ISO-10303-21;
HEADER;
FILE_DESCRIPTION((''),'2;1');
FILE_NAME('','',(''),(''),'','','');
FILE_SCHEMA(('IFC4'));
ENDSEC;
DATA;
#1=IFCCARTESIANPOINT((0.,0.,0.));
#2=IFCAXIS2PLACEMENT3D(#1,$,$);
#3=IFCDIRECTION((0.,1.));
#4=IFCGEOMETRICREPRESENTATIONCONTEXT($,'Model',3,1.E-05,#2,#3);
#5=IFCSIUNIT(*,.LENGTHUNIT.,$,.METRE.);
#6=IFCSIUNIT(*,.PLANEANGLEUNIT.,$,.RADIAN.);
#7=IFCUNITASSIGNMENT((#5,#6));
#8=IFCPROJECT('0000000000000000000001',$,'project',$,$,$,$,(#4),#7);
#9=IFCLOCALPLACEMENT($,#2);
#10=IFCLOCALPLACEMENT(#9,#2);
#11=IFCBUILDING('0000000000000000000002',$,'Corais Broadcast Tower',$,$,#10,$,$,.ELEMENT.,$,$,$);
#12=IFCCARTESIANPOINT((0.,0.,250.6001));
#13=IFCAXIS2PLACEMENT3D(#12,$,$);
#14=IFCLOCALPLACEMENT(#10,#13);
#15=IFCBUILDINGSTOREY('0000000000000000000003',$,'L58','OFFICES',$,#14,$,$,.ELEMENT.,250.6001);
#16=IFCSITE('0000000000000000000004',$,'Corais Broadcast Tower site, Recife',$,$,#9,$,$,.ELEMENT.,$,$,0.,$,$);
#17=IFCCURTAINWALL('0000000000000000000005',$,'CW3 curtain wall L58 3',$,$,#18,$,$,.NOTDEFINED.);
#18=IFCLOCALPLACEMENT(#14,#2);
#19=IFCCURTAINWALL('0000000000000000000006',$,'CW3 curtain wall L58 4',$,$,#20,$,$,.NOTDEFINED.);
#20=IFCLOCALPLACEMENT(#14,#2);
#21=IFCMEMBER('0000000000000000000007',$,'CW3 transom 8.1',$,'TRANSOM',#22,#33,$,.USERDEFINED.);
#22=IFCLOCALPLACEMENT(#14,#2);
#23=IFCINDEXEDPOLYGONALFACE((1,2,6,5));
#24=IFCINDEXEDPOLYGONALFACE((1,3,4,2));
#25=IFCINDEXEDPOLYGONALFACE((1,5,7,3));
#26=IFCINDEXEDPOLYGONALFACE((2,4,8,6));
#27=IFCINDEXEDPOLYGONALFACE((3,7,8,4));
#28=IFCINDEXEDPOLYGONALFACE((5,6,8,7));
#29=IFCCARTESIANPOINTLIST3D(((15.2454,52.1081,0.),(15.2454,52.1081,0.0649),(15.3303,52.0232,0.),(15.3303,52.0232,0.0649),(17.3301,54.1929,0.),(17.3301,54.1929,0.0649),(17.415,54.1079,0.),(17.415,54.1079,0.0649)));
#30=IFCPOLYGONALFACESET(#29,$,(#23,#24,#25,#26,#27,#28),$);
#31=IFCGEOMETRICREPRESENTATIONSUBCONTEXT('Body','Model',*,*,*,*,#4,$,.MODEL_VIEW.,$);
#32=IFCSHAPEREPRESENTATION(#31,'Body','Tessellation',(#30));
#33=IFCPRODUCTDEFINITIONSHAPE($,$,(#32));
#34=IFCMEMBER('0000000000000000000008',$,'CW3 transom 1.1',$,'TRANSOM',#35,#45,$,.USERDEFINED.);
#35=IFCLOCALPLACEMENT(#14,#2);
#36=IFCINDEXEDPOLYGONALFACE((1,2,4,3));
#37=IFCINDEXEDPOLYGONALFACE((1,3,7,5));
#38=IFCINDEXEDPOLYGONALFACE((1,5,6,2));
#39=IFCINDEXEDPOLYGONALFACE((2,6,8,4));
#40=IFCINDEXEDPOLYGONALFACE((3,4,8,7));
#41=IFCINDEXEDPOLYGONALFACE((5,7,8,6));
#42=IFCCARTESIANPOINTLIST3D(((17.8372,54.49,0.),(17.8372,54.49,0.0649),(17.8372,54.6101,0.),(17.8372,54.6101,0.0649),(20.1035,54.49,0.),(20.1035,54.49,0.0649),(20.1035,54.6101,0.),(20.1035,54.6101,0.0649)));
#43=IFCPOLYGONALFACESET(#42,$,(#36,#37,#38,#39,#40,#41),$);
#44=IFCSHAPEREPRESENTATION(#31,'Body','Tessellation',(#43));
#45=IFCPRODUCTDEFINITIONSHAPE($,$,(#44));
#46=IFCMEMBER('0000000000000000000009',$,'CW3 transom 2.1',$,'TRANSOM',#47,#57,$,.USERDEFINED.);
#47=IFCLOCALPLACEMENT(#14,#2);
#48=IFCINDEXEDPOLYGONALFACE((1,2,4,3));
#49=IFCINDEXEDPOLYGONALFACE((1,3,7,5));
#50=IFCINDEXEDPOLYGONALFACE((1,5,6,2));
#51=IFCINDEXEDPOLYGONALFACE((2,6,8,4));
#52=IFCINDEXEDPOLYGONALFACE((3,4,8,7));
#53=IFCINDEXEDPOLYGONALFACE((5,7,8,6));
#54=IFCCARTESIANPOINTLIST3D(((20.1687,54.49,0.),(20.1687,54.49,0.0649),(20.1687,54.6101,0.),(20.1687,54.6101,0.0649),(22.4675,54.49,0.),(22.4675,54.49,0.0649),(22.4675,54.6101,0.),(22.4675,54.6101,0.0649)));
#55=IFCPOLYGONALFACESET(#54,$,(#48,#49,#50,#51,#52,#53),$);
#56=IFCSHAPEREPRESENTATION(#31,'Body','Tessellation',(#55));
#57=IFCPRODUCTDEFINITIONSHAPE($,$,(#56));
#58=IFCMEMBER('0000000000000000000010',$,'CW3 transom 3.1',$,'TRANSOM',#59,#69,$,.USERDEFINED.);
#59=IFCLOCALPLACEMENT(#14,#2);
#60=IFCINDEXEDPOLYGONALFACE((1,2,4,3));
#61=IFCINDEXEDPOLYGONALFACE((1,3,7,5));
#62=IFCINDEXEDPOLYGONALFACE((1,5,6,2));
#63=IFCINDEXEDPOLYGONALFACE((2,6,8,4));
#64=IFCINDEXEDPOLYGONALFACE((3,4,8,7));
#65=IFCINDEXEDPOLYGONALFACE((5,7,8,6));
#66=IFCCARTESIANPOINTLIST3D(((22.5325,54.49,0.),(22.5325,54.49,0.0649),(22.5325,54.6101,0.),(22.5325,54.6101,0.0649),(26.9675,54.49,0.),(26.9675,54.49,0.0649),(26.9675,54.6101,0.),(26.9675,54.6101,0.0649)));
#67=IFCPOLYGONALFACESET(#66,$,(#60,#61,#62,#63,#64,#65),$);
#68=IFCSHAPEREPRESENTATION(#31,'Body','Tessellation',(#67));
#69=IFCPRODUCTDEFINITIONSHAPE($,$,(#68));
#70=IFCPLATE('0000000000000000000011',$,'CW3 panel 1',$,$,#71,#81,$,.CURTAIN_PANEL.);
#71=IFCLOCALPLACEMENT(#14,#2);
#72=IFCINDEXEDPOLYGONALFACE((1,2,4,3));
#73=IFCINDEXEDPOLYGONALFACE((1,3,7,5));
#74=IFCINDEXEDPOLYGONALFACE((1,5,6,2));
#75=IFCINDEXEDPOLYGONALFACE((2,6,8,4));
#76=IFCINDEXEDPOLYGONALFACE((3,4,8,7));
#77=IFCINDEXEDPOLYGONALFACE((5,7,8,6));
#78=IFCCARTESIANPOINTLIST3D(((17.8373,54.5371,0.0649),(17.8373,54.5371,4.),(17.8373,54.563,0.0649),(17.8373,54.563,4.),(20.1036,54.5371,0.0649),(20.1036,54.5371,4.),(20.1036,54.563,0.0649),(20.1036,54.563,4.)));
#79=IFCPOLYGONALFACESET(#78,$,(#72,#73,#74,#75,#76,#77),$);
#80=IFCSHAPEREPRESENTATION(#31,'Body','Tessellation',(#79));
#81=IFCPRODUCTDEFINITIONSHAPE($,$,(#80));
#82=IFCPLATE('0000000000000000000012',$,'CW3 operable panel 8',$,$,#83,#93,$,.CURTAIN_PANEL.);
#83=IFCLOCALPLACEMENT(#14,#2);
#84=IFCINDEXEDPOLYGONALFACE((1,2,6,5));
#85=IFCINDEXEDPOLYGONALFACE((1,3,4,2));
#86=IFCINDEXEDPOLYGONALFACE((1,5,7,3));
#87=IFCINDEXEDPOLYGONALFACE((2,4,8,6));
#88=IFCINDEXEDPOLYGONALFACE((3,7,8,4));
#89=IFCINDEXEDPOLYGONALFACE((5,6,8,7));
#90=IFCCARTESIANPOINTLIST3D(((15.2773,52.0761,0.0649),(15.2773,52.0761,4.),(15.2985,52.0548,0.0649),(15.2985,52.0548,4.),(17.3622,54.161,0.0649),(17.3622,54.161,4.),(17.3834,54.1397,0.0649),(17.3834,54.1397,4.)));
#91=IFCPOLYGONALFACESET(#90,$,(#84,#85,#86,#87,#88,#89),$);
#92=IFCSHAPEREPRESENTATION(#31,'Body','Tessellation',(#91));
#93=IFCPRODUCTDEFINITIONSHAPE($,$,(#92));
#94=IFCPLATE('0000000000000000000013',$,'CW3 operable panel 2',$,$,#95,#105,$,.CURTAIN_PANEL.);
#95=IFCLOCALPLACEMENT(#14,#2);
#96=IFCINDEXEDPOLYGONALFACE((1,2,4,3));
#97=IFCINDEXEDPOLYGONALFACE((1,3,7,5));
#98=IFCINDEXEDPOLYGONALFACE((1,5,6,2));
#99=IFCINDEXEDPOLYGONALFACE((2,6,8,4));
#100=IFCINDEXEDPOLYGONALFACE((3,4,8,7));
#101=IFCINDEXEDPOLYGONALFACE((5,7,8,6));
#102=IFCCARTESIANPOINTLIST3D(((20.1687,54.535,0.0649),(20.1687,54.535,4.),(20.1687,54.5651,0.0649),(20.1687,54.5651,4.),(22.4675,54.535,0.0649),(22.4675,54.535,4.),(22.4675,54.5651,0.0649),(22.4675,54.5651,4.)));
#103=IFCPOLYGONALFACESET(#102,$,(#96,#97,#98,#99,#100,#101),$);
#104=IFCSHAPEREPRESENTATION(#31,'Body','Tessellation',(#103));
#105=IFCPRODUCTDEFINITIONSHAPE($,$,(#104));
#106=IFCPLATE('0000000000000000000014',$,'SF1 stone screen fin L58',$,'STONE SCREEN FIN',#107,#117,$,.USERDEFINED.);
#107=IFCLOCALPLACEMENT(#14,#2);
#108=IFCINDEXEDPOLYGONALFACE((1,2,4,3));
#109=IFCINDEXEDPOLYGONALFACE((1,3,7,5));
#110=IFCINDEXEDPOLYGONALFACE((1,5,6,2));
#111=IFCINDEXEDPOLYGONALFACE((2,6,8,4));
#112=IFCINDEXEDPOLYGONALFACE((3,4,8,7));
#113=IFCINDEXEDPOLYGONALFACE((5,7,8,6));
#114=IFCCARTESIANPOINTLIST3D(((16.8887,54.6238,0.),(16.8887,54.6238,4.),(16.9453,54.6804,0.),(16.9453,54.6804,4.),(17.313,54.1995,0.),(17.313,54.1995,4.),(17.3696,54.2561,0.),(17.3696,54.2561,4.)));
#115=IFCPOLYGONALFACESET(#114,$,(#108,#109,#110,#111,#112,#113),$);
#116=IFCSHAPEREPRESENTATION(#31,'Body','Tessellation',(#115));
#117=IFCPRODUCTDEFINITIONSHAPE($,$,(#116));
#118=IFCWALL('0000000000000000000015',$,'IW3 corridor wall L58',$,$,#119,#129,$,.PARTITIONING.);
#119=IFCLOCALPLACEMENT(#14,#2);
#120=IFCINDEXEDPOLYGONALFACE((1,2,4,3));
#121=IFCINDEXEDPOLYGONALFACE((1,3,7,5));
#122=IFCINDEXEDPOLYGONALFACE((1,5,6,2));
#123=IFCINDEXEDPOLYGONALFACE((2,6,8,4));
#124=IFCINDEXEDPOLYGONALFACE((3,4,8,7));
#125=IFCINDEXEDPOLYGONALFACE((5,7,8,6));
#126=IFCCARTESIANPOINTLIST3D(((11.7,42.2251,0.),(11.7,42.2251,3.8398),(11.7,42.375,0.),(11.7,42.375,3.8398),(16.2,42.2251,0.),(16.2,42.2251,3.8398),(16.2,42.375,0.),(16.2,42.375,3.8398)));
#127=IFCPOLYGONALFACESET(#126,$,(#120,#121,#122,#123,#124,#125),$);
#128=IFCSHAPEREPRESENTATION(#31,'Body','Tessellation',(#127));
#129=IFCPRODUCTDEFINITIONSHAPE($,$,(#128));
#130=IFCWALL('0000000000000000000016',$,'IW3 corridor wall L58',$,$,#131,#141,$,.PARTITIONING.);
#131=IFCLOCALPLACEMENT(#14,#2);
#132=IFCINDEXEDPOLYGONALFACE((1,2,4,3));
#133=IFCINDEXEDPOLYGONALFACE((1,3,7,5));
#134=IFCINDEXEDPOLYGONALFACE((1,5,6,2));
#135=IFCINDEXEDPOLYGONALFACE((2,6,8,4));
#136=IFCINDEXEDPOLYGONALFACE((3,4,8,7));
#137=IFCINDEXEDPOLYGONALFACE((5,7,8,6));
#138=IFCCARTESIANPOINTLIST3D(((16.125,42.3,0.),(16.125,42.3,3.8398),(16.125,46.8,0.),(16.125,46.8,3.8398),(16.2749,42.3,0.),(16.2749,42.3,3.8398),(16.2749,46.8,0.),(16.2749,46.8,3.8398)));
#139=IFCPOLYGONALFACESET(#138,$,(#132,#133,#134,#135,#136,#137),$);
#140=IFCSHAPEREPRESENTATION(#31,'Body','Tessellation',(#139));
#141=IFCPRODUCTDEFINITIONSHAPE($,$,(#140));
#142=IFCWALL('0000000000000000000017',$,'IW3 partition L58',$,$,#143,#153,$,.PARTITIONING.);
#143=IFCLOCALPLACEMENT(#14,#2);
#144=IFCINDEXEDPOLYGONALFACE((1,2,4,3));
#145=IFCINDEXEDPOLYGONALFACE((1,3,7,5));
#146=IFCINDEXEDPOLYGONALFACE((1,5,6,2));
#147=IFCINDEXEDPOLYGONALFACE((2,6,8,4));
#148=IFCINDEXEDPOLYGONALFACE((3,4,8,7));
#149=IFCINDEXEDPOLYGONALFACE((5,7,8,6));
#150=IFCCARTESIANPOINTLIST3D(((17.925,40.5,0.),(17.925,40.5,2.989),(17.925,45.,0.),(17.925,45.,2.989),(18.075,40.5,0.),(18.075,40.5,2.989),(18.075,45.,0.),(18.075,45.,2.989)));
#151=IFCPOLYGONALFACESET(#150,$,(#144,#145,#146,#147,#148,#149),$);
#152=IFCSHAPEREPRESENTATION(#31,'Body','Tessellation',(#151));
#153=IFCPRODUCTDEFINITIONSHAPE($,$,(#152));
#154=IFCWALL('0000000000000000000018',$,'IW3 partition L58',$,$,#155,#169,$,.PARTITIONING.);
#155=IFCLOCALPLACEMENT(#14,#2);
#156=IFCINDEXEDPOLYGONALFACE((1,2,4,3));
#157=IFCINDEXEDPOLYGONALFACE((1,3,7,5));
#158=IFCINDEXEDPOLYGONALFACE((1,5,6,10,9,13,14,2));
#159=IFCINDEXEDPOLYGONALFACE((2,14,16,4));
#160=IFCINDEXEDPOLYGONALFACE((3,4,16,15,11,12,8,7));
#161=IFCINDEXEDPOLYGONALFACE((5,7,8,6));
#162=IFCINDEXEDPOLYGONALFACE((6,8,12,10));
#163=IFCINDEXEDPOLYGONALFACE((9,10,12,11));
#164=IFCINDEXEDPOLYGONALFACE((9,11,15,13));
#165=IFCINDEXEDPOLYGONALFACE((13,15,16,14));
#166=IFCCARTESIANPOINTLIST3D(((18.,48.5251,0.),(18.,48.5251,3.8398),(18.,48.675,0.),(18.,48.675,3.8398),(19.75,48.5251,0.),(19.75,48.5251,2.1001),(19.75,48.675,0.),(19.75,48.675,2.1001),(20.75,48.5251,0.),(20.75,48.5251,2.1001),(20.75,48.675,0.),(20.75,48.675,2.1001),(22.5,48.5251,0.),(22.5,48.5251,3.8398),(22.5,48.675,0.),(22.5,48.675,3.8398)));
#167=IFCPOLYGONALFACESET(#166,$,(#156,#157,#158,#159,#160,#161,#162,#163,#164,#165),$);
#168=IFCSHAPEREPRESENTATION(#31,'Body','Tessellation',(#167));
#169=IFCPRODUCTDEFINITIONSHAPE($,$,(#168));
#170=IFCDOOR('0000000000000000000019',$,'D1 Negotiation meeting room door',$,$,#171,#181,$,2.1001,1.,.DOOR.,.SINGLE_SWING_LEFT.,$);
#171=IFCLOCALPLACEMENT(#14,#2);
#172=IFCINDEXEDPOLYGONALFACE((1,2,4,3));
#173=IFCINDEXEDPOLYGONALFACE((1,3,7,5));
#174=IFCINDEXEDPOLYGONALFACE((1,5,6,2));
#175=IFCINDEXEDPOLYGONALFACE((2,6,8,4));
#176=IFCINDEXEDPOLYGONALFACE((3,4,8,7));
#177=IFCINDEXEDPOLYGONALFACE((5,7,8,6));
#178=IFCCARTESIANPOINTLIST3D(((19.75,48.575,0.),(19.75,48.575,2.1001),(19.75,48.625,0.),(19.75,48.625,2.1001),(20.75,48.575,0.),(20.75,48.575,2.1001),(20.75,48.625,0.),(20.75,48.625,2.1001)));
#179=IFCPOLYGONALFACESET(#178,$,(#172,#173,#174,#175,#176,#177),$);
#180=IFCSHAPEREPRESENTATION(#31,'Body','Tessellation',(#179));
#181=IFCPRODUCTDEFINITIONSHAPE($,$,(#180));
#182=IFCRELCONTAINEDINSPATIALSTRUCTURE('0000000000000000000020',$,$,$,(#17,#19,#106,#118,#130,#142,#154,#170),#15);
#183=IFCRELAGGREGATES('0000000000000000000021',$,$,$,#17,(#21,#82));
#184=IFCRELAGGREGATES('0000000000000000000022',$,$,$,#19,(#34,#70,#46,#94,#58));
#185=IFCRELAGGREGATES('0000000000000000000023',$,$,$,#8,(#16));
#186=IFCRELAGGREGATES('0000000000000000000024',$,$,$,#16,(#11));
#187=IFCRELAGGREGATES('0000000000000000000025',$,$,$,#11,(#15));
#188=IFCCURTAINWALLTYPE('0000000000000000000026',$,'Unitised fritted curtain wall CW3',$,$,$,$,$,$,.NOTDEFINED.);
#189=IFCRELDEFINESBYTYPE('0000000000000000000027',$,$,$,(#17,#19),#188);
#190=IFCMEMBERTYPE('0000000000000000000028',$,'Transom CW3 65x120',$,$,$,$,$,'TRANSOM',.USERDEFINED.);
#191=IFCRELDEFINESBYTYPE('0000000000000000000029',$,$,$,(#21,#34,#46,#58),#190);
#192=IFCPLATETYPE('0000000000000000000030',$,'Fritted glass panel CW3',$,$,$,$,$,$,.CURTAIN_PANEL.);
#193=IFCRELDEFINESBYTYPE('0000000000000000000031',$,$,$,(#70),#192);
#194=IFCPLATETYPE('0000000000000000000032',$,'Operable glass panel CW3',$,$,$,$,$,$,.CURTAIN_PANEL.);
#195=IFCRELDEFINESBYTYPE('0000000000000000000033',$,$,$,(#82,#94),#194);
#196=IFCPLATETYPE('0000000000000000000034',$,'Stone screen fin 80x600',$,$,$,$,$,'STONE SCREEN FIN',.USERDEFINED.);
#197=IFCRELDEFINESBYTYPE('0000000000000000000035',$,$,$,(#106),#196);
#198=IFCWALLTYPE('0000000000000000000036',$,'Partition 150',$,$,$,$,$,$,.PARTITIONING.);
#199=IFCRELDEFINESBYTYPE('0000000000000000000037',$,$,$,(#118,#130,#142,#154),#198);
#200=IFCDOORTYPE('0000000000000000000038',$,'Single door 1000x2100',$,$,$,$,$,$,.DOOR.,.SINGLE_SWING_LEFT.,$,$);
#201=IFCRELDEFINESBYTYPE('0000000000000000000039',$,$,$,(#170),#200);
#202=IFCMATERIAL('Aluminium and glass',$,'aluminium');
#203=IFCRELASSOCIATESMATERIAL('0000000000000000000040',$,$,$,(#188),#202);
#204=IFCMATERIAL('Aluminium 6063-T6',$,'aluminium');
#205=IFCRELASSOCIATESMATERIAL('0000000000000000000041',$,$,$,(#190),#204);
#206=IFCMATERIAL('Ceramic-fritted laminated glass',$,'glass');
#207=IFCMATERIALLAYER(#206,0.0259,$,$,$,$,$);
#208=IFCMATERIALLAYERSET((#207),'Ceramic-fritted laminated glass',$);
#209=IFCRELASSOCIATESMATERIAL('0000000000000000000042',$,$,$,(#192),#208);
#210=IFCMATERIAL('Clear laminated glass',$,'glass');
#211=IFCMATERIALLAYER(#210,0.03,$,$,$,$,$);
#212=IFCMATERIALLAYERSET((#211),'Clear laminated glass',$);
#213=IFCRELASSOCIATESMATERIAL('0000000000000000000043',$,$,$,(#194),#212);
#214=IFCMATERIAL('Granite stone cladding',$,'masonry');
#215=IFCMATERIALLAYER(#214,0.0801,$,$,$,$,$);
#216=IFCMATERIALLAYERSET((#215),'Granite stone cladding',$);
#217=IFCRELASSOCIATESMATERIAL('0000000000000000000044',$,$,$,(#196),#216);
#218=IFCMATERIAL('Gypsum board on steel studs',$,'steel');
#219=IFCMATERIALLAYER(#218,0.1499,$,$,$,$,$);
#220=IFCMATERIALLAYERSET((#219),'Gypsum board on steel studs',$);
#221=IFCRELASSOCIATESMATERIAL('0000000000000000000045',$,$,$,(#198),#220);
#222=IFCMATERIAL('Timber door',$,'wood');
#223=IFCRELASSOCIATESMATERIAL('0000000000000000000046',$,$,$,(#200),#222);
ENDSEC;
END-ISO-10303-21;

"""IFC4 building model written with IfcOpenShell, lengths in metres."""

from ifc_helpers import new_model, si_unit, direction, frame, frame_2d, origin, origin_2d, place, context, subcontext, project, spatial, rectangle, extrude, material, layer, layer_set, material_profile, profile_set, type_object, element, fill, aggregate, save


model = new_model("IFC4")

# Units and contexts
model_context = context("Model", 3, precision=1e-05, world=origin(), true_north=direction((0.0, 1.0)))
body_context = subcontext(model_context, "Body", "Model", "MODEL_VIEW")
ifc_project = project(units=[si_unit("LENGTHUNIT", "METRE"), si_unit("PLANEANGLEUNIT", "RADIAN")], contexts=[model_context])

# Site, building, storey
site_placement = place(None, origin())
site = spatial("IfcSite", under=ifc_project, at=site_placement, Name="Corais Broadcast Tower site, Recife", CompositionType="ELEMENT", RefElevation=0.0)
building_placement = place(site_placement, origin())
building = spatial("IfcBuilding", under=site, at=building_placement, Name="Corais Broadcast Tower", CompositionType="ELEMENT")
storey_placement = place(building_placement, frame((0.0, 0.0, 250.6001)))
storey = spatial("IfcBuildingStorey", under=building, at=storey_placement, Name="L58", Description="OFFICES", CompositionType="ELEMENT", Elevation=250.6001)

# Curtain walls
ifc_material_1 = material(Name="Aluminium and glass", Category="aluminium")
curtain_wall_type = type_object("IfcCurtainWallType", Name="Unitised fritted curtain wall CW3", PredefinedType="NOTDEFINED", material=ifc_material_1)
curtain_wall_1_placement = place(storey_placement, origin())
curtain_wall_1 = element("IfcCurtainWall", 1, at=curtain_wall_1_placement, inside=storey, type_object=curtain_wall_type, Name="CW3 curtain wall L58 3", PredefinedType="NOTDEFINED")
curtain_wall_2_placement = place(storey_placement, origin())
curtain_wall_2 = element("IfcCurtainWall", 2, at=curtain_wall_2_placement, inside=storey, type_object=curtain_wall_type, Name="CW3 curtain wall L58 4", PredefinedType="NOTDEFINED")

# Members
ifc_material_2 = material(Name="Aluminium 6063-T6", Category="aluminium")
ifc_material_profile_1 = material_profile(ifc_material_2, rectangle(XDim=0.1201, YDim=0.0649, at=origin_2d()), Name="Transom CW3 65x120")
ifc_profile_set_1 = profile_set([ifc_material_profile_1], Name="Aluminium 6063-T6")
member_type_1 = type_object("IfcMemberType", Name="Transom CW3 65x120", ElementType="TRANSOM", PredefinedType="USERDEFINED", material=ifc_profile_set_1)
member_1_placement = place(storey_placement, frame((15.2878, 52.0657, 0.0325), z_axis=(0.707107, 0.707107, 0.0), x_axis=(-0.707107, 0.707107, 0.0)))
member_1 = element("IfcMember", 3, at=member_1_placement, type_object=member_type_1, Name="CW3 transom 8.1", ObjectType="TRANSOM", PredefinedType="USERDEFINED", context=body_context, shape_type="SweptSolid", body=[
    extrude(rectangle(XDim=0.1201, YDim=0.0649, at=origin_2d()), origin(), (0.0, 0.0, 1.0), 2.9482),
])
member_2_placement = place(storey_placement, frame((17.8372, 54.55, 0.0325), z_axis=(1.0, 0.0, 0.0), x_axis=(0.0, 1.0, 0.0)))
member_2 = element("IfcMember", 4, at=member_2_placement, type_object=member_type_1, Name="CW3 transom 1.1", ObjectType="TRANSOM", PredefinedType="USERDEFINED", context=body_context, shape_type="SweptSolid", body=[
    extrude(rectangle(XDim=0.1201, YDim=0.0649, at=origin_2d()), origin(), (0.0, 0.0, 1.0), 2.2664),
])
member_3_placement = place(storey_placement, frame((20.1687, 54.55, 0.0325), z_axis=(1.0, 0.0, 0.0), x_axis=(0.0, 1.0, 0.0)))
member_3 = element("IfcMember", 5, at=member_3_placement, type_object=member_type_1, Name="CW3 transom 2.1", ObjectType="TRANSOM", PredefinedType="USERDEFINED", context=body_context, shape_type="SweptSolid", body=[
    extrude(rectangle(XDim=0.1201, YDim=0.0649, at=origin_2d()), origin(), (0.0, 0.0, 1.0), 2.2988),
])
member_4_placement = place(storey_placement, frame((22.5325, 54.55, 0.0325), z_axis=(1.0, 0.0, 0.0), x_axis=(0.0, 1.0, 0.0)))
member_4 = element("IfcMember", 6, at=member_4_placement, type_object=member_type_1, Name="CW3 transom 3.1", ObjectType="TRANSOM", PredefinedType="USERDEFINED", context=body_context, shape_type="SweptSolid", body=[
    extrude(rectangle(XDim=0.1201, YDim=0.0649, at=origin_2d()), origin(), (0.0, 0.0, 1.0), 4.4351),
])

# Plates
ifc_material_3 = material(Name="Ceramic-fritted laminated glass", Category="glass")
ifc_layer_1 = layer(ifc_material_3, 0.0259)
ifc_layer_set_1 = layer_set([ifc_layer_1], Name="Ceramic-fritted laminated glass")
plate_type_1 = type_object("IfcPlateType", Name="Fritted glass panel CW3", PredefinedType="CURTAIN_PANEL", material=ifc_layer_set_1)
plate_1_placement = place(storey_placement, frame((18.9705, 54.55, 0.0649), z_axis=(0.0, 0.0, 1.0), x_axis=(1.0, 0.0, 0.0)))
plate_1 = element("IfcPlate", 7, at=plate_1_placement, type_object=plate_type_1, Name="CW3 panel 1", PredefinedType="CURTAIN_PANEL", context=body_context, shape_type="SweptSolid", body=[
    extrude(rectangle(XDim=2.2664, YDim=0.0259, at=origin_2d()), origin(), (0.0, 0.0, 1.0), 3.9351),
])
ifc_material_4 = material(Name="Clear laminated glass", Category="glass")
ifc_layer_2 = layer(ifc_material_4, 0.03)
ifc_layer_set_2 = layer_set([ifc_layer_2], Name="Clear laminated glass")
plate_type_2 = type_object("IfcPlateType", Name="Operable glass panel CW3", PredefinedType="CURTAIN_PANEL", material=ifc_layer_set_2)
plate_2_placement = place(storey_placement, frame((16.3303, 53.1079, 0.0649), z_axis=(0.0, 0.0, 1.0), x_axis=(0.707107, 0.707107, 0.0)))
plate_2 = element("IfcPlate", 8, at=plate_2_placement, type_object=plate_type_2, Name="CW3 operable panel 8", PredefinedType="CURTAIN_PANEL", context=body_context, shape_type="SweptSolid", body=[
    extrude(rectangle(XDim=2.9485, YDim=0.03, at=origin_2d()), origin(), (0.0, 0.0, 1.0), 3.9351),
])
aggregate(curtain_wall_1, [member_1, plate_2])
plate_3_placement = place(storey_placement, frame((21.3181, 54.55, 0.0649), z_axis=(0.0, 0.0, 1.0), x_axis=(1.0, 0.0, 0.0)))
plate_3 = element("IfcPlate", 9, at=plate_3_placement, type_object=plate_type_2, Name="CW3 operable panel 2", PredefinedType="CURTAIN_PANEL", context=body_context, shape_type="SweptSolid", body=[
    extrude(rectangle(XDim=2.2988, YDim=0.03, at=origin_2d()), origin(), (0.0, 0.0, 1.0), 3.9351),
])
aggregate(curtain_wall_2, [member_2, plate_1, member_3, plate_3, member_4])
ifc_material_5 = material(Name="Granite stone cladding", Category="masonry")
ifc_layer_3 = layer(ifc_material_5, 0.0801)
ifc_layer_set_3 = layer_set([ifc_layer_3], Name="Granite stone cladding")
plate_type_3 = type_object("IfcPlateType", Name="Stone screen fin 80x600", ElementType="STONE SCREEN FIN", PredefinedType="USERDEFINED", material=ifc_layer_set_3)
plate_4_placement = place(storey_placement, frame((17.1292, 54.4399, 0.0), z_axis=(0.0, 0.0, 1.0), x_axis=(0.707107, 0.707107, 0.0)))
element("IfcPlate", 10, at=plate_4_placement, inside=storey, type_object=plate_type_3, Name="SF1 stone screen fin L58", ObjectType="STONE SCREEN FIN", PredefinedType="USERDEFINED", context=body_context, shape_type="SweptSolid", body=[
    extrude(rectangle(XDim=0.0801, YDim=0.6001, at=origin_2d()), origin(), (0.0, 0.0, 1.0), 4.0),
])

# Walls
ifc_material_6 = material(Name="Gypsum board on steel studs", Category="steel")
ifc_layer_4 = layer(ifc_material_6, 0.1499)
ifc_layer_set_4 = layer_set([ifc_layer_4], Name="Gypsum board on steel studs")
wall_type = type_object("IfcWallType", Name="Partition 150", PredefinedType="PARTITIONING", material=ifc_layer_set_4)
for number, where, z_axis, x_axis, name in (
    (11, (16.2, 42.3, 0.0), (0.0, 0.0, 1.0), (-1.0, 0.0, 0.0), "IW3 corridor wall L58"),
    (12, (16.2, 46.8, 0.0), (0.0, 0.0, 1.0), (0.0, -1.0, 0.0), "IW3 corridor wall L58"),
):
    element("IfcWall", number, at=place(storey_placement, frame(where, z_axis=z_axis, x_axis=x_axis)), inside=storey, type_object=wall_type, Name=name, PredefinedType="PARTITIONING", context=body_context, shape_type="SweptSolid", body=[
        extrude(rectangle(XDim=4.5, YDim=0.1499, at=frame_2d((2.25, 0.0))), origin(), (0.0, 0.0, 1.0), 3.8398),
    ])
wall_1_placement = place(storey_placement, frame((18.0, 45.0, 0.0), z_axis=(0.0, 0.0, 1.0), x_axis=(0.0, -1.0, 0.0)))
element("IfcWall", 13, at=wall_1_placement, inside=storey, type_object=wall_type, Name="IW3 partition L58", PredefinedType="PARTITIONING", context=body_context, shape_type="SweptSolid", body=[
    extrude(rectangle(XDim=4.5, YDim=0.1499, at=frame_2d((2.25, 0.0))), origin(), (0.0, 0.0, 1.0), 2.989),
])

# Wall, opening, door
wall_2_placement = place(storey_placement, frame((18.0, 48.6001, 0.0), z_axis=(0.0, 0.0, 1.0), x_axis=(1.0, 0.0, 0.0)))
wall_2 = element("IfcWall", 14, at=wall_2_placement, inside=storey, type_object=wall_type, Name="IW3 partition L58", PredefinedType="PARTITIONING", context=body_context, shape_type="SweptSolid", body=[
    extrude(rectangle(XDim=4.5, YDim=0.1499, at=frame_2d((2.25, 0.0))), origin(), (0.0, 0.0, 1.0), 3.8398),
])
opening_1_placement = place(wall_2_placement, frame((1.75, 0.0, 0.0)))
opening_1 = element("IfcOpeningElement", 15, at=opening_1_placement, cuts=wall_2, PredefinedType="OPENING", context=body_context, shape_type="SweptSolid", body=[
    extrude(rectangle(XDim=1.0, YDim=2.1001, at=frame_2d((0.5, 1.05))), frame((0.0, 0.085, 0.0), z_axis=(0.0, -1.0, 0.0), x_axis=(1.0, 0.0, 0.0)), (0.0, 0.0, 1.0), 0.1699),
])
ifc_material_7 = material(Name="Timber door", Category="wood")
door_type = type_object("IfcDoorType", Name="Single door 1000x2100", OperationType="SINGLE_SWING_LEFT", PredefinedType="DOOR", material=ifc_material_7)
door_1_placement = place(opening_1_placement, origin())
door_1 = element("IfcDoor", 16, at=door_1_placement, inside=storey, type_object=door_type, Name="D1 Negotiation meeting room door", OperationType="SINGLE_SWING_LEFT", OverallHeight=2.1001, OverallWidth=1.0, PredefinedType="DOOR", context=body_context, shape_type="SweptSolid", body=[
    extrude(rectangle(XDim=1.0, YDim=2.1001, at=frame_2d((0.5, 1.05))), frame((0.0, 0.0249, 0.0), z_axis=(0.0, -1.0, 0.0), x_axis=(1.0, 0.0, 0.0)), (0.0, 0.0, 1.0), 0.05),
])
fill(opening_1, door_1)

save(model, "model.ifc")
